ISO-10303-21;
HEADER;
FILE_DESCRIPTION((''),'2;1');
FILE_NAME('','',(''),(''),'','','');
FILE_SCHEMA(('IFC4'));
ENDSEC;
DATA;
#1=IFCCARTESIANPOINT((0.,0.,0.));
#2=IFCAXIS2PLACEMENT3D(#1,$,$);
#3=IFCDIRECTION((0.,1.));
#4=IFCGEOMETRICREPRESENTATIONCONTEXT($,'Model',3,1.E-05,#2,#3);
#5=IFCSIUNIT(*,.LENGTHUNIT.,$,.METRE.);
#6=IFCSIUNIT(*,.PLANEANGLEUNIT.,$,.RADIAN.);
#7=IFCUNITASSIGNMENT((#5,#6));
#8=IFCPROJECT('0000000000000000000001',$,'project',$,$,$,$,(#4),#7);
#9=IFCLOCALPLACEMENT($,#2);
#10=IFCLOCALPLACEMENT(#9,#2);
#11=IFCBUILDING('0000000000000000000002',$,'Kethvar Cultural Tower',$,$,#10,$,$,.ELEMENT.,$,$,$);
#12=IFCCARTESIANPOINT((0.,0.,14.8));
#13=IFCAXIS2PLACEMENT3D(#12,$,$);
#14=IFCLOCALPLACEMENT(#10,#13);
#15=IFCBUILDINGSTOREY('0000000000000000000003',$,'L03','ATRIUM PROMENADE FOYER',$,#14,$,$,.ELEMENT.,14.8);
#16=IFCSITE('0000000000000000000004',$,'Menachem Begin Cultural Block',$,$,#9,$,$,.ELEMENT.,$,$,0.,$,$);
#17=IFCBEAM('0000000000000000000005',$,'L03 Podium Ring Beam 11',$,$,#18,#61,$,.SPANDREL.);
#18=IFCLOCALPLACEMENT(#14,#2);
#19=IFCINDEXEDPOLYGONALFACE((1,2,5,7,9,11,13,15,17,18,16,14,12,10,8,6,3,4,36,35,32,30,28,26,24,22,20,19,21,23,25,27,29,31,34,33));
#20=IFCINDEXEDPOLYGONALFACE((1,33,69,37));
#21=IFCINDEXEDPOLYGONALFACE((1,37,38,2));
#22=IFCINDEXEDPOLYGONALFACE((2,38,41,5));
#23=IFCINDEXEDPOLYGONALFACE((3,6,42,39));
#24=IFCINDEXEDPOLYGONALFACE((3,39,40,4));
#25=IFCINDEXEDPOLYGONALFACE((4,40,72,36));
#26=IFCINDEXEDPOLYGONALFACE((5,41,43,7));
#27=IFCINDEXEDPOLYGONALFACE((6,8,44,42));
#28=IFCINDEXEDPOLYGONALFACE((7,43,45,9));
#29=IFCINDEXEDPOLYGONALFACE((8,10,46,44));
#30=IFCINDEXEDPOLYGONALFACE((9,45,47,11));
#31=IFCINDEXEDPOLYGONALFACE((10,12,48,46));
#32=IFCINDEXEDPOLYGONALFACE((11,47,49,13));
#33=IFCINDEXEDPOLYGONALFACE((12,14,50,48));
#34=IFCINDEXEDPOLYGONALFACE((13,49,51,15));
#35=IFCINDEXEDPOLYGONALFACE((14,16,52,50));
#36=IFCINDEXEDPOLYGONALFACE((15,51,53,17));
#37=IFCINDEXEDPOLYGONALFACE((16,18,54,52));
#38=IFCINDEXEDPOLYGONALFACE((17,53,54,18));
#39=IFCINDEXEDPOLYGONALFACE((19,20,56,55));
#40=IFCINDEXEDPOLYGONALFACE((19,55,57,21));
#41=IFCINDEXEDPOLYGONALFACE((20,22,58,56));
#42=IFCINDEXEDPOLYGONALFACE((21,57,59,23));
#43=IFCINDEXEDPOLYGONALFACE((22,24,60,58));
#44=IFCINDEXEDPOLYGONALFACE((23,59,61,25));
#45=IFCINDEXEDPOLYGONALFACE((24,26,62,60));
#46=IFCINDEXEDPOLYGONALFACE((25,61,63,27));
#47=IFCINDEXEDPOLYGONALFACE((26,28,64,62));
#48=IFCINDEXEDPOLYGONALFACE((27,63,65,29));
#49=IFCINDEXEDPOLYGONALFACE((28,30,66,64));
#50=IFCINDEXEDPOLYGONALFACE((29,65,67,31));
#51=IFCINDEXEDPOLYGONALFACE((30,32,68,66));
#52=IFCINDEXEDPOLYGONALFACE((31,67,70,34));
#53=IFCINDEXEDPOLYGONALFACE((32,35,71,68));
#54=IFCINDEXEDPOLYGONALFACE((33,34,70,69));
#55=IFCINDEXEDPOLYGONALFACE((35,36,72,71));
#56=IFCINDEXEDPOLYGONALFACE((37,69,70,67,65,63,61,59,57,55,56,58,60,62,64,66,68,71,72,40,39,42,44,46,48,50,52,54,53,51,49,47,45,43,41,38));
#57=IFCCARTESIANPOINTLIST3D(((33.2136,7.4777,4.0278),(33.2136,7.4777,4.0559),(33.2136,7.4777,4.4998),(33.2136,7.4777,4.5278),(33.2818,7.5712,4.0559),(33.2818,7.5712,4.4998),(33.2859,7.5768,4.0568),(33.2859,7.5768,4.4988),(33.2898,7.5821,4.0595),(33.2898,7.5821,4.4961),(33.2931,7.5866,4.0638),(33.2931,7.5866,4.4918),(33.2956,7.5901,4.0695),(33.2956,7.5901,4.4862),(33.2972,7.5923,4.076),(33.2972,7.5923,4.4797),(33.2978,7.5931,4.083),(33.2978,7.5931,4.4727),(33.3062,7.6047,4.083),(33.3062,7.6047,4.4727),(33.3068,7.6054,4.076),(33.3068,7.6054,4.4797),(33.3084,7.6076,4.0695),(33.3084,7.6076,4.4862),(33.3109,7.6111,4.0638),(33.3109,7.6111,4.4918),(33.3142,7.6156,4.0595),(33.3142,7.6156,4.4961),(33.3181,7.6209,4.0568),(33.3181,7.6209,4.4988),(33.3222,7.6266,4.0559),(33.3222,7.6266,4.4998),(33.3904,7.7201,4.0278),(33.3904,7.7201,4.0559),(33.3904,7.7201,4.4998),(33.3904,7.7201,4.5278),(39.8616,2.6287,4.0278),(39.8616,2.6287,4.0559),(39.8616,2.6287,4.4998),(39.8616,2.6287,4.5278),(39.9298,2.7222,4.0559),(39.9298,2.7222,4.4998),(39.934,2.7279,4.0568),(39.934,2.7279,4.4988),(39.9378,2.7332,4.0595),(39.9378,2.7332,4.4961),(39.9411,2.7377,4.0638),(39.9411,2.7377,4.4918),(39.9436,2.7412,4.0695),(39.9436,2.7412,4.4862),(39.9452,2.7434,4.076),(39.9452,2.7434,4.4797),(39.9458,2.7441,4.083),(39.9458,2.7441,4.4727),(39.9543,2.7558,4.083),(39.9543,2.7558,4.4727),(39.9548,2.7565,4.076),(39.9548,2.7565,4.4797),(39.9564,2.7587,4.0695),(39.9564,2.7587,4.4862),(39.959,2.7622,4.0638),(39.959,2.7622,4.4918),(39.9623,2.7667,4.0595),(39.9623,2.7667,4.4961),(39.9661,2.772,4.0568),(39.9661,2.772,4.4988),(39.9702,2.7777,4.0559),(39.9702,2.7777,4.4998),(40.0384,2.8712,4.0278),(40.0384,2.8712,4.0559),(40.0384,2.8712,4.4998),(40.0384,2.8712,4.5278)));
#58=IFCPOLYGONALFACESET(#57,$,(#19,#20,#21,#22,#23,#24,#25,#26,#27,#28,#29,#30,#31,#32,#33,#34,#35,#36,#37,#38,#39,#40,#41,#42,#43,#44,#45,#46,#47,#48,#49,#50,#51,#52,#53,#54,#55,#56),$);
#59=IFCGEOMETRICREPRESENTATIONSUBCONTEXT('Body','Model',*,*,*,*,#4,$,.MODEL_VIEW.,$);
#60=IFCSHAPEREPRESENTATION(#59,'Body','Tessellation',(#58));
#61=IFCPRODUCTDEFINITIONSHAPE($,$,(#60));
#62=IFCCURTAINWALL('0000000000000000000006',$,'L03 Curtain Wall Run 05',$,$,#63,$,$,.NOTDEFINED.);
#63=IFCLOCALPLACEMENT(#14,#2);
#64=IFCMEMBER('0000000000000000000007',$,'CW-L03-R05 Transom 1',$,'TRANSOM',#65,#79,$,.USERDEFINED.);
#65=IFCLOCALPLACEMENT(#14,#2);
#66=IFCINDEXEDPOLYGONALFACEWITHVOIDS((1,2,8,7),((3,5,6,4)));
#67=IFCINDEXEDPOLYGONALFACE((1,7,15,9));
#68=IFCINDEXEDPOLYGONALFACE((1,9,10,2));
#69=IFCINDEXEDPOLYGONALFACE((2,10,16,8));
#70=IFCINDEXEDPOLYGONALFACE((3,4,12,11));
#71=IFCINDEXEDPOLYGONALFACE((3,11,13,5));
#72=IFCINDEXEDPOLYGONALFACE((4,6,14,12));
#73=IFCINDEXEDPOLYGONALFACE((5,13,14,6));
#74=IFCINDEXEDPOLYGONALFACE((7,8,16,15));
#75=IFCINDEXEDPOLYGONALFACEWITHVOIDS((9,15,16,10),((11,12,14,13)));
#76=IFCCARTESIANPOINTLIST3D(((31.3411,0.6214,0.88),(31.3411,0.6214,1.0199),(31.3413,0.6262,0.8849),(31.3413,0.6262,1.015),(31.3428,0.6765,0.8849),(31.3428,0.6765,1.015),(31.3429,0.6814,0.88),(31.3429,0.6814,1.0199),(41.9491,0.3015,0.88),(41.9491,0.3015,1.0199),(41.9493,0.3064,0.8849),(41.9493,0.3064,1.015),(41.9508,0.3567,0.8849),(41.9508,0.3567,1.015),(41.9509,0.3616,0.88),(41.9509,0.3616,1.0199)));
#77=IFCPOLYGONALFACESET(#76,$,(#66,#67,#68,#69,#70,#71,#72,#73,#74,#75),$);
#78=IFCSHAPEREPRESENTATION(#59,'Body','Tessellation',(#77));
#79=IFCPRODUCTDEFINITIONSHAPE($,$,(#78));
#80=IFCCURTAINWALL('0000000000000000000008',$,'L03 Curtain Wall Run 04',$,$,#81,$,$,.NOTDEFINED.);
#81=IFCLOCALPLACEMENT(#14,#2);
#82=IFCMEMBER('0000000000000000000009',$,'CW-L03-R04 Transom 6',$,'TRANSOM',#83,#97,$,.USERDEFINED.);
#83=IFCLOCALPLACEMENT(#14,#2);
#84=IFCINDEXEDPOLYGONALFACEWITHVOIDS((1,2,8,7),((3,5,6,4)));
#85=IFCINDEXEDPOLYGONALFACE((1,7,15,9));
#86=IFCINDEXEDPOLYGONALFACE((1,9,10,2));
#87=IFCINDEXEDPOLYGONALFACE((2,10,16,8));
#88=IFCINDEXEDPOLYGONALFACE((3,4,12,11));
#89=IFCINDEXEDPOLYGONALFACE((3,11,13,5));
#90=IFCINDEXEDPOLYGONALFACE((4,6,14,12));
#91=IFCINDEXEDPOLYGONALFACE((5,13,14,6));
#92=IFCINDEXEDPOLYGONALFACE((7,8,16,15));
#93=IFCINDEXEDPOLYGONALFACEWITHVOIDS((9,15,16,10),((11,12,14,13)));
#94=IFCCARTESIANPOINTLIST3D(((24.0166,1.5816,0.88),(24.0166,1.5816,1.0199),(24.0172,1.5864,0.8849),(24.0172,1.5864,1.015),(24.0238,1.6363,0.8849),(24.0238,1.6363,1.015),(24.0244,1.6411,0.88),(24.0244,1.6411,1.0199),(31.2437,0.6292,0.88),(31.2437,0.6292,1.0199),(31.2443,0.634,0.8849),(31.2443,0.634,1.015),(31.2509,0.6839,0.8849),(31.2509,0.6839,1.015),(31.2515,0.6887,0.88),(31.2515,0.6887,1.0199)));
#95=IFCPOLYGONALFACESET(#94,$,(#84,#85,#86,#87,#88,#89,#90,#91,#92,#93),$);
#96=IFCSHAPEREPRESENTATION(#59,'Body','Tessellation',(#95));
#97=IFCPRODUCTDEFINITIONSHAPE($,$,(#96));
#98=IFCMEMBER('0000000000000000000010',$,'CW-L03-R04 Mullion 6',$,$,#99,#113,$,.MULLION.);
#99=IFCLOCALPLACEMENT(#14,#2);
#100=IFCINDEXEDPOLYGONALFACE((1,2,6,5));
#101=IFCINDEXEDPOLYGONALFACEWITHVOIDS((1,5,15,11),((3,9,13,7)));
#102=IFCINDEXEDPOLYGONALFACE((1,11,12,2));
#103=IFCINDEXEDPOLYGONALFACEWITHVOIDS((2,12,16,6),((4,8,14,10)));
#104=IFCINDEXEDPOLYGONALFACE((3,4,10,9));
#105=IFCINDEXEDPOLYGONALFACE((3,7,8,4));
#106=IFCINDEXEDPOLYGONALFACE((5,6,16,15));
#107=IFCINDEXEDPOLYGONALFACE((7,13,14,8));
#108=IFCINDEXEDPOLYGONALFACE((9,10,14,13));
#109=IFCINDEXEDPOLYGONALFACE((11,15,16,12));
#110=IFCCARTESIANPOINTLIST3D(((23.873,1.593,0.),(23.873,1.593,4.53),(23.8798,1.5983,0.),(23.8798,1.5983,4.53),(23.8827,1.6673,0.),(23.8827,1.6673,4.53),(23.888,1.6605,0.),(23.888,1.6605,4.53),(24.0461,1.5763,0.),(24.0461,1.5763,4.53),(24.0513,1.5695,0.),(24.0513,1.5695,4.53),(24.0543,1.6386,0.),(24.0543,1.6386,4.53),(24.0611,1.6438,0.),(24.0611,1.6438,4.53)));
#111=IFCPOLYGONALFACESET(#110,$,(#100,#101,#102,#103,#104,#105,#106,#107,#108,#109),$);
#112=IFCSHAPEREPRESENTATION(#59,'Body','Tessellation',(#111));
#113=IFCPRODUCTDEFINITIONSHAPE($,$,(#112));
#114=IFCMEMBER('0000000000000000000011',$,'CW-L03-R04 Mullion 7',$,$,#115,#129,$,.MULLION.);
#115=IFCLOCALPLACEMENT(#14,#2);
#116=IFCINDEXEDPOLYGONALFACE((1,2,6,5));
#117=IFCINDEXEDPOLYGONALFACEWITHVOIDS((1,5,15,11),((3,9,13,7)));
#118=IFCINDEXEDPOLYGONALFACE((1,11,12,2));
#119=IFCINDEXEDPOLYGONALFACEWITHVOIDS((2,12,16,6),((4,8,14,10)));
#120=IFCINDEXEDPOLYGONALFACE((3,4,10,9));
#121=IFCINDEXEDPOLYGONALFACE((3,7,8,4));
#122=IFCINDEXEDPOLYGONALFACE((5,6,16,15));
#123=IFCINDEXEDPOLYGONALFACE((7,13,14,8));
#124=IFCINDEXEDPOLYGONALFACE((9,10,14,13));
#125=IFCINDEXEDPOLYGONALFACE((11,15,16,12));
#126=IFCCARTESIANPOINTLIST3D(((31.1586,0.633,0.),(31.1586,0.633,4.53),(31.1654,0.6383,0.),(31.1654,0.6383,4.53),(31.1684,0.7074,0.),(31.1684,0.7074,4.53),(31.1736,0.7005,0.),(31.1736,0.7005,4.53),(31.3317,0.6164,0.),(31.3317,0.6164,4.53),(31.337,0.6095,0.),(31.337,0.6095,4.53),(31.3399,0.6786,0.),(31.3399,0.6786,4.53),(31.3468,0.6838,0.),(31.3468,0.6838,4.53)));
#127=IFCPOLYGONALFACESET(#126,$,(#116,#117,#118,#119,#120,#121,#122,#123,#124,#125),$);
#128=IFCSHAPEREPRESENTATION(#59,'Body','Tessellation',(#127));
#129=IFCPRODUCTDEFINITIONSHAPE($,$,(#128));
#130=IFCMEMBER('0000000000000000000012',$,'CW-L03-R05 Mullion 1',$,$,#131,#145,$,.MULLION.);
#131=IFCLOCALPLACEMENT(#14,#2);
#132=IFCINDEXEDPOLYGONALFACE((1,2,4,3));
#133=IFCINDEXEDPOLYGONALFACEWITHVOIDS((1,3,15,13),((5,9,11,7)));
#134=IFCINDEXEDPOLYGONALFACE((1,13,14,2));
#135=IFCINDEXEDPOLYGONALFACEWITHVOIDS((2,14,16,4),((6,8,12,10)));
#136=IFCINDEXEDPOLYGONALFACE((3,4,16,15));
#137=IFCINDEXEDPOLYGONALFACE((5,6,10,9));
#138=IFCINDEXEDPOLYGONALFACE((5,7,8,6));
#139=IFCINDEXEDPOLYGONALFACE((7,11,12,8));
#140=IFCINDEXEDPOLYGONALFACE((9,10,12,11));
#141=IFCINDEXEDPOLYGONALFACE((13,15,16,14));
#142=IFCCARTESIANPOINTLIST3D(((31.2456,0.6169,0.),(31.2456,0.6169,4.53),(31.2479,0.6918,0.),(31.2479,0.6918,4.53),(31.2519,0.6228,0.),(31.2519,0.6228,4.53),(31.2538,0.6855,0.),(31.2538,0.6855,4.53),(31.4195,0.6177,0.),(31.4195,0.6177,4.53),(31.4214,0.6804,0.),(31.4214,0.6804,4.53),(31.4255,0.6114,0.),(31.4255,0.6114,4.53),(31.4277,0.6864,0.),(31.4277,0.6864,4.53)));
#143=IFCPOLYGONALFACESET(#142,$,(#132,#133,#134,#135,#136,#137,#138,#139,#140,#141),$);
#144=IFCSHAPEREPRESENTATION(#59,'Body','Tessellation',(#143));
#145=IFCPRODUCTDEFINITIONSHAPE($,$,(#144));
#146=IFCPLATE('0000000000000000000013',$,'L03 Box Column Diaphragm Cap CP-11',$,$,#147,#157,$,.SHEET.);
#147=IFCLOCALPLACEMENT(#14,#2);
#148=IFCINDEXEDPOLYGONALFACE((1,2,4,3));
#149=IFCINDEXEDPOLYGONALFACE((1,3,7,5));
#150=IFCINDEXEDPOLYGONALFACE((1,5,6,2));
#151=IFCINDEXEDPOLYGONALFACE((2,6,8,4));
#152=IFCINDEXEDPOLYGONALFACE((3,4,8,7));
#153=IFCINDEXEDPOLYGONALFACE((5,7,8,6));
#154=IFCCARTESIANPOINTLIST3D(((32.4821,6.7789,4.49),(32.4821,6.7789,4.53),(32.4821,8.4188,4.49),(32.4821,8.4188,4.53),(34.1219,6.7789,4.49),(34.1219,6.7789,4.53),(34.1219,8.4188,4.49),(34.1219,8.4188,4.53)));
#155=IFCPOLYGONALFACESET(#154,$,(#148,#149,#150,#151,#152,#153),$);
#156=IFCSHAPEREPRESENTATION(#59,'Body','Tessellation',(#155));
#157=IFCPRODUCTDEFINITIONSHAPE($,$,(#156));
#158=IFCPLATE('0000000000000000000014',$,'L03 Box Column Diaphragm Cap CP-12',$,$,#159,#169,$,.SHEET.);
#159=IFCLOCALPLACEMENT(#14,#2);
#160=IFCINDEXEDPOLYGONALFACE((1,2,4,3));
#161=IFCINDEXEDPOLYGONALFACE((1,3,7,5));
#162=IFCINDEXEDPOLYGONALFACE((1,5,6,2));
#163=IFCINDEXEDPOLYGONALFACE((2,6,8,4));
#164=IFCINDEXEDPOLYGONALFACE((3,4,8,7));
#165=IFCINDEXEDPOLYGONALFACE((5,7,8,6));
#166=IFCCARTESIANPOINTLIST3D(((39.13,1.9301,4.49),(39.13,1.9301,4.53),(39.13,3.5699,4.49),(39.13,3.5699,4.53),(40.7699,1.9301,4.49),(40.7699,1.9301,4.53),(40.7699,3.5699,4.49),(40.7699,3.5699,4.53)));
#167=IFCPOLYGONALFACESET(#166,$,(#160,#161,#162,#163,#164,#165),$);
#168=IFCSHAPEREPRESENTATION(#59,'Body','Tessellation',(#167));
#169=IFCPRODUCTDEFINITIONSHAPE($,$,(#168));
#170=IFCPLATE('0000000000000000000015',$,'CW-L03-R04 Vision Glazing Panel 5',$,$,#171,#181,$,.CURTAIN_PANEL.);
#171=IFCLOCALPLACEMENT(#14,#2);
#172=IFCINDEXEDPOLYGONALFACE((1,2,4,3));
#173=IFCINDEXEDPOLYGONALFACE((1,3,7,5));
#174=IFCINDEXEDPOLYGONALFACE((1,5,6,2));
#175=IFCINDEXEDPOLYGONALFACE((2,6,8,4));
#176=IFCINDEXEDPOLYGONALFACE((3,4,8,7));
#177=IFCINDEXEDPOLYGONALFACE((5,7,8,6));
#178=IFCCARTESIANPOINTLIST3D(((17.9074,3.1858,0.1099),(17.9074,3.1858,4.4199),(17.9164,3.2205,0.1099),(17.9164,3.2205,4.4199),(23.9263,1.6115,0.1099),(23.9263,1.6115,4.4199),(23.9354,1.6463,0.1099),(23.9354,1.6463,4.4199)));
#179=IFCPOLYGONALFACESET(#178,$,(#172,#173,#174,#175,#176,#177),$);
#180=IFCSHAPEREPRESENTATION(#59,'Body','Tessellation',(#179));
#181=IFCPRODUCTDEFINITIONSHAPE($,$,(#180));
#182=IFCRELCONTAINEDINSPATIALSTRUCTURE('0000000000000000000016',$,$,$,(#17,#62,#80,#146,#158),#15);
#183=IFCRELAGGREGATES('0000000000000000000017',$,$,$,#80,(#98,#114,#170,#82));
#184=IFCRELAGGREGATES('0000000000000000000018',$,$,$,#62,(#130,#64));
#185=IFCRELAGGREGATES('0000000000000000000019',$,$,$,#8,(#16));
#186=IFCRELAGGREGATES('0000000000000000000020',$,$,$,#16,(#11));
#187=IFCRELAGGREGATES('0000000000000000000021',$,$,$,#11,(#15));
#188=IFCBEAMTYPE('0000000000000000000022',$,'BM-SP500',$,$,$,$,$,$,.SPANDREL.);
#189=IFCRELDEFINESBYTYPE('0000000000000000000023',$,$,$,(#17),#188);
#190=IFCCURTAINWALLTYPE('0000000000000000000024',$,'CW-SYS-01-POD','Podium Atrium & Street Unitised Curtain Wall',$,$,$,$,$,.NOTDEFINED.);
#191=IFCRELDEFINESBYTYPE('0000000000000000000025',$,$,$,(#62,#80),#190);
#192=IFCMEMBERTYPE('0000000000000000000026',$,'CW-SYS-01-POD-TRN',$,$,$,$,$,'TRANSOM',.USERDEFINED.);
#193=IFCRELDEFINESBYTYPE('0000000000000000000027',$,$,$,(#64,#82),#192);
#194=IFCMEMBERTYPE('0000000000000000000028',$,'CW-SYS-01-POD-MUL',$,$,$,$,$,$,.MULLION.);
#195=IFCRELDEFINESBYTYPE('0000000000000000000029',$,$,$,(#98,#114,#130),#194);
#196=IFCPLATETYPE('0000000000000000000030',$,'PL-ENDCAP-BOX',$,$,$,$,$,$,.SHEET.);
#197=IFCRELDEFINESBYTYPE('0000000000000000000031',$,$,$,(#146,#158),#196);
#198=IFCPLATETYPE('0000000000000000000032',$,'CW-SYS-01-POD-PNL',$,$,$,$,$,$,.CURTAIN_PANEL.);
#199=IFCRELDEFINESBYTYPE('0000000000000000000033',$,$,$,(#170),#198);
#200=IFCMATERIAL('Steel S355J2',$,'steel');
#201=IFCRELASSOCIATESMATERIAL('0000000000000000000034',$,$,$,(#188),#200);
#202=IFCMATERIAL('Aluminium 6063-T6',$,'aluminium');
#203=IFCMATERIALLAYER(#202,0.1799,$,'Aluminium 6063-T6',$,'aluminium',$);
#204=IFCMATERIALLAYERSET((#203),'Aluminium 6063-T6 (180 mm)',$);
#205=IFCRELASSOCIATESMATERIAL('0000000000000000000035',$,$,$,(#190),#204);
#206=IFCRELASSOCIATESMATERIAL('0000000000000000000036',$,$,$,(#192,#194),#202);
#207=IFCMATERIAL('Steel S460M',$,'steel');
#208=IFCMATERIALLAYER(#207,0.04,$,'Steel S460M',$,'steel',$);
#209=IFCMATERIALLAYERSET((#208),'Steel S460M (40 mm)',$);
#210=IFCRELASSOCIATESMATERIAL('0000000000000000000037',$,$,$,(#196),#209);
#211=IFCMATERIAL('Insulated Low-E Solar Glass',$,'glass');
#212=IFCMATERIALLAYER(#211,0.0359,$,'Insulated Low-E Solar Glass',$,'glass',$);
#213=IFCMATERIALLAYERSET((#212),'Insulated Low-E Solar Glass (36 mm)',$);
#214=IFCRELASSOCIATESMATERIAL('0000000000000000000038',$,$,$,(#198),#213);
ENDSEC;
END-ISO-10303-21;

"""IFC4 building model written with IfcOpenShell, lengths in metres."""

from ifc_helpers import new_model, si_unit, direction, frame, origin, origin_2d, place, context, subcontext, project, spatial, rectangle, hollow_rectangle, i_section, extrude, source, transform, mapped, material, layer, layer_set, material_profile, profile_set, type_object, element, aggregate, save


model = new_model("IFC4")

# Units and contexts
model_context = context("Model", 3, precision=1e-05, world=origin(), true_north=direction((0.0, 1.0)))
body_context = subcontext(model_context, "Body", "Model", "MODEL_VIEW")
ifc_project = project(units=[si_unit("LENGTHUNIT", "METRE"), si_unit("PLANEANGLEUNIT", "RADIAN")], contexts=[model_context])

# Site, building, storey
site_placement = place(None, origin())
site = spatial("IfcSite", under=ifc_project, at=site_placement, Name="Menachem Begin Cultural Block", CompositionType="ELEMENT", RefElevation=0.0)
building_placement = place(site_placement, origin())
building = spatial("IfcBuilding", under=site, at=building_placement, Name="Kethvar Cultural Tower", CompositionType="ELEMENT")
storey_placement = place(building_placement, frame((0.0, 0.0, 14.8)))
storey = spatial("IfcBuildingStorey", under=building, at=storey_placement, Name="L03", Description="ATRIUM PROMENADE FOYER", CompositionType="ELEMENT", Elevation=14.8)

# Shared definitions
ifc_material_1 = material(Name="Steel S460M", Category="steel")

# Beam
ifc_material_2 = material(Name="Steel S355J2", Category="steel")
ifc_material_profile_1 = material_profile(ifc_material_2, i_section(OverallWidth=0.3, OverallDepth=0.5, WebThickness=0.0144, FlangeThickness=0.0281, FilletRadius=0.0271, at=origin_2d()), Name="Steel S355J2 — HEB500")
ifc_profile_set_1 = profile_set([ifc_material_profile_1], Name="Steel S355J2 — HEB500")
beam_type = type_object("IfcBeamType", Name="BM-SP500", PredefinedType="SPANDREL", material=ifc_profile_set_1)
shared_shape_1 = source(origin(), body_context, "Body", "SweptSolid", [
    extrude(i_section(OverallWidth=0.3, OverallDepth=0.5, WebThickness=0.0144, FlangeThickness=0.0281, FilletRadius=0.0271, at=origin_2d()), origin(), (0.0, 0.0, 1.0), 8.2285),
])
beam_1_placement = place(storey_placement, frame((33.302, 7.5989, 4.2778), z_axis=(0.807926, -0.589284, 0.0), x_axis=(0.589284, 0.807926, 0.0)))
element("IfcBeam", 1, at=beam_1_placement, inside=storey, type_object=beam_type, Name="L03 Podium Ring Beam 11", PredefinedType="SPANDREL", context=body_context, shape_type="MappedRepresentation", body=[
    mapped(shared_shape_1, transform((0.0, 0.0, 0.0), scale=1.0)),
])

# Curtain wall, member
ifc_material_3 = material(Name="Aluminium 6063-T6", Category="aluminium")
ifc_layer_1 = layer(ifc_material_3, 0.1799, Name="Aluminium 6063-T6", Category="aluminium")
ifc_layer_set_1 = layer_set([ifc_layer_1], Name="Aluminium 6063-T6 (180 mm)")
curtain_wall_type = type_object("IfcCurtainWallType", Name="CW-SYS-01-POD", Description="Podium Atrium & Street Unitised Curtain Wall", PredefinedType="NOTDEFINED", material=ifc_layer_set_1)
curtain_wall_1_placement = place(storey_placement, origin())
curtain_wall_1 = element("IfcCurtainWall", 2, at=curtain_wall_1_placement, inside=storey, type_object=curtain_wall_type, Name="L03 Curtain Wall Run 05", PredefinedType="NOTDEFINED")
ifc_material_profile_2 = material_profile(ifc_material_3, hollow_rectangle(XDim=0.0601, YDim=0.1399, WallThickness=0.0049, at=origin_2d()), Name="Aluminium 6063-T6 — RHS140x60x5")
ifc_profile_set_2 = profile_set([ifc_material_profile_2], Name="Aluminium 6063-T6 — RHS140x60x5")
member_type_1 = type_object("IfcMemberType", Name="CW-SYS-01-POD-TRN", ElementType="TRANSOM", PredefinedType="USERDEFINED", material=ifc_profile_set_2)
shared_shape_2 = source(origin(), body_context, "Body", "SweptSolid", [
    extrude(hollow_rectangle(XDim=0.0601, YDim=0.1399, WallThickness=0.0049, at=origin_2d()), origin(), (0.0, 0.0, 1.0), 10.6128),
])
member_1_placement = place(storey_placement, frame((31.342, 0.6514, 0.95), z_axis=(0.999546, -0.030136, 0.0), x_axis=(0.030136, 0.999546, 0.0)))
member_1 = element("IfcMember", 3, at=member_1_placement, type_object=member_type_1, Name="CW-L03-R05 Transom 1", ObjectType="TRANSOM", PredefinedType="USERDEFINED", context=body_context, shape_type="MappedRepresentation", body=[
    mapped(shared_shape_2, transform((0.0, 0.0, 0.0), scale=1.0)),
])

# Curtain wall, members
curtain_wall_2_placement = place(storey_placement, origin())
curtain_wall_2 = element("IfcCurtainWall", 4, at=curtain_wall_2_placement, inside=storey, type_object=curtain_wall_type, Name="L03 Curtain Wall Run 04", PredefinedType="NOTDEFINED")
shared_shape_3 = source(origin(), body_context, "Body", "SweptSolid", [
    extrude(hollow_rectangle(XDim=0.0601, YDim=0.1399, WallThickness=0.0049, at=origin_2d()), origin(), (0.0, 0.0, 1.0), 7.2896),
])
member_2_placement = place(storey_placement, frame((24.0205, 1.6113, 0.95), z_axis=(0.991428, -0.130652, 0.0), x_axis=(0.130652, 0.991428, 0.0)))
member_2 = element("IfcMember", 5, at=member_2_placement, type_object=member_type_1, Name="CW-L03-R04 Transom 6", ObjectType="TRANSOM", PredefinedType="USERDEFINED", context=body_context, shape_type="MappedRepresentation", body=[
    mapped(shared_shape_3, transform((0.0, 0.0, 0.0), scale=1.0)),
])
ifc_material_profile_3 = material_profile(ifc_material_3, hollow_rectangle(XDim=0.075, YDim=0.1799, WallThickness=0.0061, at=origin_2d()), Name="Aluminium 6063-T6 — RHS180x75x6")
ifc_profile_set_3 = profile_set([ifc_material_profile_3], Name="Aluminium 6063-T6 — RHS180x75x6")
member_type_2 = type_object("IfcMemberType", Name="CW-SYS-01-POD-MUL", PredefinedType="MULLION", material=ifc_profile_set_3)
shared_shape_4 = source(origin(), body_context, "Body", "SweptSolid", [
    extrude(hollow_rectangle(XDim=0.075, YDim=0.1799, WallThickness=0.0061, at=origin_2d()), origin(), (0.0, 0.0, 1.0), 4.53),
])
member_3_placement = place(storey_placement, frame((23.967, 1.6184, 0.0), z_axis=(0.0, 0.0, 1.0), x_axis=(0.130647, 0.991429, 0.0)))
member_3 = element("IfcMember", 6, at=member_3_placement, type_object=member_type_2, Name="CW-L03-R04 Mullion 6", PredefinedType="MULLION", context=body_context, shape_type="MappedRepresentation", body=[
    mapped(shared_shape_4, transform((0.0, 0.0, 0.0), scale=1.0)),
])
member_4_placement = place(storey_placement, frame((31.2527, 0.6584, 0.0), z_axis=(0.0, 0.0, 1.0), x_axis=(0.130647, 0.991429, 0.0)))
member_4 = element("IfcMember", 7, at=member_4_placement, type_object=member_type_2, Name="CW-L03-R04 Mullion 7", PredefinedType="MULLION", context=body_context, shape_type="MappedRepresentation", body=[
    mapped(shared_shape_4, transform((0.0, 0.0, 0.0), scale=1.0)),
])

# Member
member_5_placement = place(storey_placement, frame((31.3367, 0.6516, 0.0), z_axis=(0.0, 0.0, 1.0), x_axis=(0.030137, 0.999546, 0.0)))
member_5 = element("IfcMember", 8, at=member_5_placement, type_object=member_type_2, Name="CW-L03-R05 Mullion 1", PredefinedType="MULLION", context=body_context, shape_type="MappedRepresentation", body=[
    mapped(shared_shape_4, transform((0.0, 0.0, 0.0), scale=1.0)),
])

# Plates
ifc_layer_2 = layer(ifc_material_1, 0.04, Name="Steel S460M", Category="steel")
ifc_layer_set_2 = layer_set([ifc_layer_2], Name="Steel S460M (40 mm)")
plate_type_1 = type_object("IfcPlateType", Name="PL-ENDCAP-BOX", PredefinedType="SHEET", material=ifc_layer_set_2)
shared_shape_5 = source(origin(), body_context, "Body", "SweptSolid", [
    extrude(rectangle(XDim=1.6399, YDim=1.6399, at=origin_2d()), origin(), (0.0, 0.0, 1.0), 0.04),
])
for number, where, z_axis, x_axis, name in (
    (9, (33.302, 7.5989, 4.49), (0.0, 0.0, 1.0), (1.0, 0.0, 0.0), "L03 Box Column Diaphragm Cap CP-11"),
    (10, (39.95, 2.75, 4.49), (0.0, 0.0, 1.0), (1.0, 0.0, 0.0), "L03 Box Column Diaphragm Cap CP-12"),
):
    element("IfcPlate", number, at=place(storey_placement, frame(where, z_axis=z_axis, x_axis=x_axis)), inside=storey, type_object=plate_type_1, Name=name, PredefinedType="SHEET", context=body_context, shape_type="MappedRepresentation", body=[
        mapped(shared_shape_5, transform((0.0, 0.0, 0.0), scale=1.0)),
    ])

# Plate
ifc_material_4 = material(Name="Insulated Low-E Solar Glass", Category="glass")
ifc_layer_3 = layer(ifc_material_4, 0.0359, Name="Insulated Low-E Solar Glass", Category="glass")
ifc_layer_set_3 = layer_set([ifc_layer_3], Name="Insulated Low-E Solar Glass (36 mm)")
plate_type_2 = type_object("IfcPlateType", Name="CW-SYS-01-POD-PNL", PredefinedType="CURTAIN_PANEL", material=ifc_layer_set_3)
shared_shape_6 = source(origin(), body_context, "Body", "SweptSolid", [
    extrude(rectangle(XDim=6.2214, YDim=0.0359, at=origin_2d()), origin(), (0.0, 0.0, 1.0), 4.3101),
])
plate_1_placement = place(storey_placement, frame((20.9214, 2.416, 0.1099), z_axis=(0.0, 0.0, 1.0), x_axis=(0.967458, -0.253032, 0.0)))
plate_1 = element("IfcPlate", 11, at=plate_1_placement, type_object=plate_type_2, Name="CW-L03-R04 Vision Glazing Panel 5", PredefinedType="CURTAIN_PANEL", context=body_context, shape_type="MappedRepresentation", body=[
    mapped(shared_shape_6, transform((0.0, 0.0, 0.0), scale=1.0)),
])
aggregate(curtain_wall_2, [member_3, member_4, plate_1, member_2])
aggregate(curtain_wall_1, [member_5, member_1])

save(model, "model.ifc")
